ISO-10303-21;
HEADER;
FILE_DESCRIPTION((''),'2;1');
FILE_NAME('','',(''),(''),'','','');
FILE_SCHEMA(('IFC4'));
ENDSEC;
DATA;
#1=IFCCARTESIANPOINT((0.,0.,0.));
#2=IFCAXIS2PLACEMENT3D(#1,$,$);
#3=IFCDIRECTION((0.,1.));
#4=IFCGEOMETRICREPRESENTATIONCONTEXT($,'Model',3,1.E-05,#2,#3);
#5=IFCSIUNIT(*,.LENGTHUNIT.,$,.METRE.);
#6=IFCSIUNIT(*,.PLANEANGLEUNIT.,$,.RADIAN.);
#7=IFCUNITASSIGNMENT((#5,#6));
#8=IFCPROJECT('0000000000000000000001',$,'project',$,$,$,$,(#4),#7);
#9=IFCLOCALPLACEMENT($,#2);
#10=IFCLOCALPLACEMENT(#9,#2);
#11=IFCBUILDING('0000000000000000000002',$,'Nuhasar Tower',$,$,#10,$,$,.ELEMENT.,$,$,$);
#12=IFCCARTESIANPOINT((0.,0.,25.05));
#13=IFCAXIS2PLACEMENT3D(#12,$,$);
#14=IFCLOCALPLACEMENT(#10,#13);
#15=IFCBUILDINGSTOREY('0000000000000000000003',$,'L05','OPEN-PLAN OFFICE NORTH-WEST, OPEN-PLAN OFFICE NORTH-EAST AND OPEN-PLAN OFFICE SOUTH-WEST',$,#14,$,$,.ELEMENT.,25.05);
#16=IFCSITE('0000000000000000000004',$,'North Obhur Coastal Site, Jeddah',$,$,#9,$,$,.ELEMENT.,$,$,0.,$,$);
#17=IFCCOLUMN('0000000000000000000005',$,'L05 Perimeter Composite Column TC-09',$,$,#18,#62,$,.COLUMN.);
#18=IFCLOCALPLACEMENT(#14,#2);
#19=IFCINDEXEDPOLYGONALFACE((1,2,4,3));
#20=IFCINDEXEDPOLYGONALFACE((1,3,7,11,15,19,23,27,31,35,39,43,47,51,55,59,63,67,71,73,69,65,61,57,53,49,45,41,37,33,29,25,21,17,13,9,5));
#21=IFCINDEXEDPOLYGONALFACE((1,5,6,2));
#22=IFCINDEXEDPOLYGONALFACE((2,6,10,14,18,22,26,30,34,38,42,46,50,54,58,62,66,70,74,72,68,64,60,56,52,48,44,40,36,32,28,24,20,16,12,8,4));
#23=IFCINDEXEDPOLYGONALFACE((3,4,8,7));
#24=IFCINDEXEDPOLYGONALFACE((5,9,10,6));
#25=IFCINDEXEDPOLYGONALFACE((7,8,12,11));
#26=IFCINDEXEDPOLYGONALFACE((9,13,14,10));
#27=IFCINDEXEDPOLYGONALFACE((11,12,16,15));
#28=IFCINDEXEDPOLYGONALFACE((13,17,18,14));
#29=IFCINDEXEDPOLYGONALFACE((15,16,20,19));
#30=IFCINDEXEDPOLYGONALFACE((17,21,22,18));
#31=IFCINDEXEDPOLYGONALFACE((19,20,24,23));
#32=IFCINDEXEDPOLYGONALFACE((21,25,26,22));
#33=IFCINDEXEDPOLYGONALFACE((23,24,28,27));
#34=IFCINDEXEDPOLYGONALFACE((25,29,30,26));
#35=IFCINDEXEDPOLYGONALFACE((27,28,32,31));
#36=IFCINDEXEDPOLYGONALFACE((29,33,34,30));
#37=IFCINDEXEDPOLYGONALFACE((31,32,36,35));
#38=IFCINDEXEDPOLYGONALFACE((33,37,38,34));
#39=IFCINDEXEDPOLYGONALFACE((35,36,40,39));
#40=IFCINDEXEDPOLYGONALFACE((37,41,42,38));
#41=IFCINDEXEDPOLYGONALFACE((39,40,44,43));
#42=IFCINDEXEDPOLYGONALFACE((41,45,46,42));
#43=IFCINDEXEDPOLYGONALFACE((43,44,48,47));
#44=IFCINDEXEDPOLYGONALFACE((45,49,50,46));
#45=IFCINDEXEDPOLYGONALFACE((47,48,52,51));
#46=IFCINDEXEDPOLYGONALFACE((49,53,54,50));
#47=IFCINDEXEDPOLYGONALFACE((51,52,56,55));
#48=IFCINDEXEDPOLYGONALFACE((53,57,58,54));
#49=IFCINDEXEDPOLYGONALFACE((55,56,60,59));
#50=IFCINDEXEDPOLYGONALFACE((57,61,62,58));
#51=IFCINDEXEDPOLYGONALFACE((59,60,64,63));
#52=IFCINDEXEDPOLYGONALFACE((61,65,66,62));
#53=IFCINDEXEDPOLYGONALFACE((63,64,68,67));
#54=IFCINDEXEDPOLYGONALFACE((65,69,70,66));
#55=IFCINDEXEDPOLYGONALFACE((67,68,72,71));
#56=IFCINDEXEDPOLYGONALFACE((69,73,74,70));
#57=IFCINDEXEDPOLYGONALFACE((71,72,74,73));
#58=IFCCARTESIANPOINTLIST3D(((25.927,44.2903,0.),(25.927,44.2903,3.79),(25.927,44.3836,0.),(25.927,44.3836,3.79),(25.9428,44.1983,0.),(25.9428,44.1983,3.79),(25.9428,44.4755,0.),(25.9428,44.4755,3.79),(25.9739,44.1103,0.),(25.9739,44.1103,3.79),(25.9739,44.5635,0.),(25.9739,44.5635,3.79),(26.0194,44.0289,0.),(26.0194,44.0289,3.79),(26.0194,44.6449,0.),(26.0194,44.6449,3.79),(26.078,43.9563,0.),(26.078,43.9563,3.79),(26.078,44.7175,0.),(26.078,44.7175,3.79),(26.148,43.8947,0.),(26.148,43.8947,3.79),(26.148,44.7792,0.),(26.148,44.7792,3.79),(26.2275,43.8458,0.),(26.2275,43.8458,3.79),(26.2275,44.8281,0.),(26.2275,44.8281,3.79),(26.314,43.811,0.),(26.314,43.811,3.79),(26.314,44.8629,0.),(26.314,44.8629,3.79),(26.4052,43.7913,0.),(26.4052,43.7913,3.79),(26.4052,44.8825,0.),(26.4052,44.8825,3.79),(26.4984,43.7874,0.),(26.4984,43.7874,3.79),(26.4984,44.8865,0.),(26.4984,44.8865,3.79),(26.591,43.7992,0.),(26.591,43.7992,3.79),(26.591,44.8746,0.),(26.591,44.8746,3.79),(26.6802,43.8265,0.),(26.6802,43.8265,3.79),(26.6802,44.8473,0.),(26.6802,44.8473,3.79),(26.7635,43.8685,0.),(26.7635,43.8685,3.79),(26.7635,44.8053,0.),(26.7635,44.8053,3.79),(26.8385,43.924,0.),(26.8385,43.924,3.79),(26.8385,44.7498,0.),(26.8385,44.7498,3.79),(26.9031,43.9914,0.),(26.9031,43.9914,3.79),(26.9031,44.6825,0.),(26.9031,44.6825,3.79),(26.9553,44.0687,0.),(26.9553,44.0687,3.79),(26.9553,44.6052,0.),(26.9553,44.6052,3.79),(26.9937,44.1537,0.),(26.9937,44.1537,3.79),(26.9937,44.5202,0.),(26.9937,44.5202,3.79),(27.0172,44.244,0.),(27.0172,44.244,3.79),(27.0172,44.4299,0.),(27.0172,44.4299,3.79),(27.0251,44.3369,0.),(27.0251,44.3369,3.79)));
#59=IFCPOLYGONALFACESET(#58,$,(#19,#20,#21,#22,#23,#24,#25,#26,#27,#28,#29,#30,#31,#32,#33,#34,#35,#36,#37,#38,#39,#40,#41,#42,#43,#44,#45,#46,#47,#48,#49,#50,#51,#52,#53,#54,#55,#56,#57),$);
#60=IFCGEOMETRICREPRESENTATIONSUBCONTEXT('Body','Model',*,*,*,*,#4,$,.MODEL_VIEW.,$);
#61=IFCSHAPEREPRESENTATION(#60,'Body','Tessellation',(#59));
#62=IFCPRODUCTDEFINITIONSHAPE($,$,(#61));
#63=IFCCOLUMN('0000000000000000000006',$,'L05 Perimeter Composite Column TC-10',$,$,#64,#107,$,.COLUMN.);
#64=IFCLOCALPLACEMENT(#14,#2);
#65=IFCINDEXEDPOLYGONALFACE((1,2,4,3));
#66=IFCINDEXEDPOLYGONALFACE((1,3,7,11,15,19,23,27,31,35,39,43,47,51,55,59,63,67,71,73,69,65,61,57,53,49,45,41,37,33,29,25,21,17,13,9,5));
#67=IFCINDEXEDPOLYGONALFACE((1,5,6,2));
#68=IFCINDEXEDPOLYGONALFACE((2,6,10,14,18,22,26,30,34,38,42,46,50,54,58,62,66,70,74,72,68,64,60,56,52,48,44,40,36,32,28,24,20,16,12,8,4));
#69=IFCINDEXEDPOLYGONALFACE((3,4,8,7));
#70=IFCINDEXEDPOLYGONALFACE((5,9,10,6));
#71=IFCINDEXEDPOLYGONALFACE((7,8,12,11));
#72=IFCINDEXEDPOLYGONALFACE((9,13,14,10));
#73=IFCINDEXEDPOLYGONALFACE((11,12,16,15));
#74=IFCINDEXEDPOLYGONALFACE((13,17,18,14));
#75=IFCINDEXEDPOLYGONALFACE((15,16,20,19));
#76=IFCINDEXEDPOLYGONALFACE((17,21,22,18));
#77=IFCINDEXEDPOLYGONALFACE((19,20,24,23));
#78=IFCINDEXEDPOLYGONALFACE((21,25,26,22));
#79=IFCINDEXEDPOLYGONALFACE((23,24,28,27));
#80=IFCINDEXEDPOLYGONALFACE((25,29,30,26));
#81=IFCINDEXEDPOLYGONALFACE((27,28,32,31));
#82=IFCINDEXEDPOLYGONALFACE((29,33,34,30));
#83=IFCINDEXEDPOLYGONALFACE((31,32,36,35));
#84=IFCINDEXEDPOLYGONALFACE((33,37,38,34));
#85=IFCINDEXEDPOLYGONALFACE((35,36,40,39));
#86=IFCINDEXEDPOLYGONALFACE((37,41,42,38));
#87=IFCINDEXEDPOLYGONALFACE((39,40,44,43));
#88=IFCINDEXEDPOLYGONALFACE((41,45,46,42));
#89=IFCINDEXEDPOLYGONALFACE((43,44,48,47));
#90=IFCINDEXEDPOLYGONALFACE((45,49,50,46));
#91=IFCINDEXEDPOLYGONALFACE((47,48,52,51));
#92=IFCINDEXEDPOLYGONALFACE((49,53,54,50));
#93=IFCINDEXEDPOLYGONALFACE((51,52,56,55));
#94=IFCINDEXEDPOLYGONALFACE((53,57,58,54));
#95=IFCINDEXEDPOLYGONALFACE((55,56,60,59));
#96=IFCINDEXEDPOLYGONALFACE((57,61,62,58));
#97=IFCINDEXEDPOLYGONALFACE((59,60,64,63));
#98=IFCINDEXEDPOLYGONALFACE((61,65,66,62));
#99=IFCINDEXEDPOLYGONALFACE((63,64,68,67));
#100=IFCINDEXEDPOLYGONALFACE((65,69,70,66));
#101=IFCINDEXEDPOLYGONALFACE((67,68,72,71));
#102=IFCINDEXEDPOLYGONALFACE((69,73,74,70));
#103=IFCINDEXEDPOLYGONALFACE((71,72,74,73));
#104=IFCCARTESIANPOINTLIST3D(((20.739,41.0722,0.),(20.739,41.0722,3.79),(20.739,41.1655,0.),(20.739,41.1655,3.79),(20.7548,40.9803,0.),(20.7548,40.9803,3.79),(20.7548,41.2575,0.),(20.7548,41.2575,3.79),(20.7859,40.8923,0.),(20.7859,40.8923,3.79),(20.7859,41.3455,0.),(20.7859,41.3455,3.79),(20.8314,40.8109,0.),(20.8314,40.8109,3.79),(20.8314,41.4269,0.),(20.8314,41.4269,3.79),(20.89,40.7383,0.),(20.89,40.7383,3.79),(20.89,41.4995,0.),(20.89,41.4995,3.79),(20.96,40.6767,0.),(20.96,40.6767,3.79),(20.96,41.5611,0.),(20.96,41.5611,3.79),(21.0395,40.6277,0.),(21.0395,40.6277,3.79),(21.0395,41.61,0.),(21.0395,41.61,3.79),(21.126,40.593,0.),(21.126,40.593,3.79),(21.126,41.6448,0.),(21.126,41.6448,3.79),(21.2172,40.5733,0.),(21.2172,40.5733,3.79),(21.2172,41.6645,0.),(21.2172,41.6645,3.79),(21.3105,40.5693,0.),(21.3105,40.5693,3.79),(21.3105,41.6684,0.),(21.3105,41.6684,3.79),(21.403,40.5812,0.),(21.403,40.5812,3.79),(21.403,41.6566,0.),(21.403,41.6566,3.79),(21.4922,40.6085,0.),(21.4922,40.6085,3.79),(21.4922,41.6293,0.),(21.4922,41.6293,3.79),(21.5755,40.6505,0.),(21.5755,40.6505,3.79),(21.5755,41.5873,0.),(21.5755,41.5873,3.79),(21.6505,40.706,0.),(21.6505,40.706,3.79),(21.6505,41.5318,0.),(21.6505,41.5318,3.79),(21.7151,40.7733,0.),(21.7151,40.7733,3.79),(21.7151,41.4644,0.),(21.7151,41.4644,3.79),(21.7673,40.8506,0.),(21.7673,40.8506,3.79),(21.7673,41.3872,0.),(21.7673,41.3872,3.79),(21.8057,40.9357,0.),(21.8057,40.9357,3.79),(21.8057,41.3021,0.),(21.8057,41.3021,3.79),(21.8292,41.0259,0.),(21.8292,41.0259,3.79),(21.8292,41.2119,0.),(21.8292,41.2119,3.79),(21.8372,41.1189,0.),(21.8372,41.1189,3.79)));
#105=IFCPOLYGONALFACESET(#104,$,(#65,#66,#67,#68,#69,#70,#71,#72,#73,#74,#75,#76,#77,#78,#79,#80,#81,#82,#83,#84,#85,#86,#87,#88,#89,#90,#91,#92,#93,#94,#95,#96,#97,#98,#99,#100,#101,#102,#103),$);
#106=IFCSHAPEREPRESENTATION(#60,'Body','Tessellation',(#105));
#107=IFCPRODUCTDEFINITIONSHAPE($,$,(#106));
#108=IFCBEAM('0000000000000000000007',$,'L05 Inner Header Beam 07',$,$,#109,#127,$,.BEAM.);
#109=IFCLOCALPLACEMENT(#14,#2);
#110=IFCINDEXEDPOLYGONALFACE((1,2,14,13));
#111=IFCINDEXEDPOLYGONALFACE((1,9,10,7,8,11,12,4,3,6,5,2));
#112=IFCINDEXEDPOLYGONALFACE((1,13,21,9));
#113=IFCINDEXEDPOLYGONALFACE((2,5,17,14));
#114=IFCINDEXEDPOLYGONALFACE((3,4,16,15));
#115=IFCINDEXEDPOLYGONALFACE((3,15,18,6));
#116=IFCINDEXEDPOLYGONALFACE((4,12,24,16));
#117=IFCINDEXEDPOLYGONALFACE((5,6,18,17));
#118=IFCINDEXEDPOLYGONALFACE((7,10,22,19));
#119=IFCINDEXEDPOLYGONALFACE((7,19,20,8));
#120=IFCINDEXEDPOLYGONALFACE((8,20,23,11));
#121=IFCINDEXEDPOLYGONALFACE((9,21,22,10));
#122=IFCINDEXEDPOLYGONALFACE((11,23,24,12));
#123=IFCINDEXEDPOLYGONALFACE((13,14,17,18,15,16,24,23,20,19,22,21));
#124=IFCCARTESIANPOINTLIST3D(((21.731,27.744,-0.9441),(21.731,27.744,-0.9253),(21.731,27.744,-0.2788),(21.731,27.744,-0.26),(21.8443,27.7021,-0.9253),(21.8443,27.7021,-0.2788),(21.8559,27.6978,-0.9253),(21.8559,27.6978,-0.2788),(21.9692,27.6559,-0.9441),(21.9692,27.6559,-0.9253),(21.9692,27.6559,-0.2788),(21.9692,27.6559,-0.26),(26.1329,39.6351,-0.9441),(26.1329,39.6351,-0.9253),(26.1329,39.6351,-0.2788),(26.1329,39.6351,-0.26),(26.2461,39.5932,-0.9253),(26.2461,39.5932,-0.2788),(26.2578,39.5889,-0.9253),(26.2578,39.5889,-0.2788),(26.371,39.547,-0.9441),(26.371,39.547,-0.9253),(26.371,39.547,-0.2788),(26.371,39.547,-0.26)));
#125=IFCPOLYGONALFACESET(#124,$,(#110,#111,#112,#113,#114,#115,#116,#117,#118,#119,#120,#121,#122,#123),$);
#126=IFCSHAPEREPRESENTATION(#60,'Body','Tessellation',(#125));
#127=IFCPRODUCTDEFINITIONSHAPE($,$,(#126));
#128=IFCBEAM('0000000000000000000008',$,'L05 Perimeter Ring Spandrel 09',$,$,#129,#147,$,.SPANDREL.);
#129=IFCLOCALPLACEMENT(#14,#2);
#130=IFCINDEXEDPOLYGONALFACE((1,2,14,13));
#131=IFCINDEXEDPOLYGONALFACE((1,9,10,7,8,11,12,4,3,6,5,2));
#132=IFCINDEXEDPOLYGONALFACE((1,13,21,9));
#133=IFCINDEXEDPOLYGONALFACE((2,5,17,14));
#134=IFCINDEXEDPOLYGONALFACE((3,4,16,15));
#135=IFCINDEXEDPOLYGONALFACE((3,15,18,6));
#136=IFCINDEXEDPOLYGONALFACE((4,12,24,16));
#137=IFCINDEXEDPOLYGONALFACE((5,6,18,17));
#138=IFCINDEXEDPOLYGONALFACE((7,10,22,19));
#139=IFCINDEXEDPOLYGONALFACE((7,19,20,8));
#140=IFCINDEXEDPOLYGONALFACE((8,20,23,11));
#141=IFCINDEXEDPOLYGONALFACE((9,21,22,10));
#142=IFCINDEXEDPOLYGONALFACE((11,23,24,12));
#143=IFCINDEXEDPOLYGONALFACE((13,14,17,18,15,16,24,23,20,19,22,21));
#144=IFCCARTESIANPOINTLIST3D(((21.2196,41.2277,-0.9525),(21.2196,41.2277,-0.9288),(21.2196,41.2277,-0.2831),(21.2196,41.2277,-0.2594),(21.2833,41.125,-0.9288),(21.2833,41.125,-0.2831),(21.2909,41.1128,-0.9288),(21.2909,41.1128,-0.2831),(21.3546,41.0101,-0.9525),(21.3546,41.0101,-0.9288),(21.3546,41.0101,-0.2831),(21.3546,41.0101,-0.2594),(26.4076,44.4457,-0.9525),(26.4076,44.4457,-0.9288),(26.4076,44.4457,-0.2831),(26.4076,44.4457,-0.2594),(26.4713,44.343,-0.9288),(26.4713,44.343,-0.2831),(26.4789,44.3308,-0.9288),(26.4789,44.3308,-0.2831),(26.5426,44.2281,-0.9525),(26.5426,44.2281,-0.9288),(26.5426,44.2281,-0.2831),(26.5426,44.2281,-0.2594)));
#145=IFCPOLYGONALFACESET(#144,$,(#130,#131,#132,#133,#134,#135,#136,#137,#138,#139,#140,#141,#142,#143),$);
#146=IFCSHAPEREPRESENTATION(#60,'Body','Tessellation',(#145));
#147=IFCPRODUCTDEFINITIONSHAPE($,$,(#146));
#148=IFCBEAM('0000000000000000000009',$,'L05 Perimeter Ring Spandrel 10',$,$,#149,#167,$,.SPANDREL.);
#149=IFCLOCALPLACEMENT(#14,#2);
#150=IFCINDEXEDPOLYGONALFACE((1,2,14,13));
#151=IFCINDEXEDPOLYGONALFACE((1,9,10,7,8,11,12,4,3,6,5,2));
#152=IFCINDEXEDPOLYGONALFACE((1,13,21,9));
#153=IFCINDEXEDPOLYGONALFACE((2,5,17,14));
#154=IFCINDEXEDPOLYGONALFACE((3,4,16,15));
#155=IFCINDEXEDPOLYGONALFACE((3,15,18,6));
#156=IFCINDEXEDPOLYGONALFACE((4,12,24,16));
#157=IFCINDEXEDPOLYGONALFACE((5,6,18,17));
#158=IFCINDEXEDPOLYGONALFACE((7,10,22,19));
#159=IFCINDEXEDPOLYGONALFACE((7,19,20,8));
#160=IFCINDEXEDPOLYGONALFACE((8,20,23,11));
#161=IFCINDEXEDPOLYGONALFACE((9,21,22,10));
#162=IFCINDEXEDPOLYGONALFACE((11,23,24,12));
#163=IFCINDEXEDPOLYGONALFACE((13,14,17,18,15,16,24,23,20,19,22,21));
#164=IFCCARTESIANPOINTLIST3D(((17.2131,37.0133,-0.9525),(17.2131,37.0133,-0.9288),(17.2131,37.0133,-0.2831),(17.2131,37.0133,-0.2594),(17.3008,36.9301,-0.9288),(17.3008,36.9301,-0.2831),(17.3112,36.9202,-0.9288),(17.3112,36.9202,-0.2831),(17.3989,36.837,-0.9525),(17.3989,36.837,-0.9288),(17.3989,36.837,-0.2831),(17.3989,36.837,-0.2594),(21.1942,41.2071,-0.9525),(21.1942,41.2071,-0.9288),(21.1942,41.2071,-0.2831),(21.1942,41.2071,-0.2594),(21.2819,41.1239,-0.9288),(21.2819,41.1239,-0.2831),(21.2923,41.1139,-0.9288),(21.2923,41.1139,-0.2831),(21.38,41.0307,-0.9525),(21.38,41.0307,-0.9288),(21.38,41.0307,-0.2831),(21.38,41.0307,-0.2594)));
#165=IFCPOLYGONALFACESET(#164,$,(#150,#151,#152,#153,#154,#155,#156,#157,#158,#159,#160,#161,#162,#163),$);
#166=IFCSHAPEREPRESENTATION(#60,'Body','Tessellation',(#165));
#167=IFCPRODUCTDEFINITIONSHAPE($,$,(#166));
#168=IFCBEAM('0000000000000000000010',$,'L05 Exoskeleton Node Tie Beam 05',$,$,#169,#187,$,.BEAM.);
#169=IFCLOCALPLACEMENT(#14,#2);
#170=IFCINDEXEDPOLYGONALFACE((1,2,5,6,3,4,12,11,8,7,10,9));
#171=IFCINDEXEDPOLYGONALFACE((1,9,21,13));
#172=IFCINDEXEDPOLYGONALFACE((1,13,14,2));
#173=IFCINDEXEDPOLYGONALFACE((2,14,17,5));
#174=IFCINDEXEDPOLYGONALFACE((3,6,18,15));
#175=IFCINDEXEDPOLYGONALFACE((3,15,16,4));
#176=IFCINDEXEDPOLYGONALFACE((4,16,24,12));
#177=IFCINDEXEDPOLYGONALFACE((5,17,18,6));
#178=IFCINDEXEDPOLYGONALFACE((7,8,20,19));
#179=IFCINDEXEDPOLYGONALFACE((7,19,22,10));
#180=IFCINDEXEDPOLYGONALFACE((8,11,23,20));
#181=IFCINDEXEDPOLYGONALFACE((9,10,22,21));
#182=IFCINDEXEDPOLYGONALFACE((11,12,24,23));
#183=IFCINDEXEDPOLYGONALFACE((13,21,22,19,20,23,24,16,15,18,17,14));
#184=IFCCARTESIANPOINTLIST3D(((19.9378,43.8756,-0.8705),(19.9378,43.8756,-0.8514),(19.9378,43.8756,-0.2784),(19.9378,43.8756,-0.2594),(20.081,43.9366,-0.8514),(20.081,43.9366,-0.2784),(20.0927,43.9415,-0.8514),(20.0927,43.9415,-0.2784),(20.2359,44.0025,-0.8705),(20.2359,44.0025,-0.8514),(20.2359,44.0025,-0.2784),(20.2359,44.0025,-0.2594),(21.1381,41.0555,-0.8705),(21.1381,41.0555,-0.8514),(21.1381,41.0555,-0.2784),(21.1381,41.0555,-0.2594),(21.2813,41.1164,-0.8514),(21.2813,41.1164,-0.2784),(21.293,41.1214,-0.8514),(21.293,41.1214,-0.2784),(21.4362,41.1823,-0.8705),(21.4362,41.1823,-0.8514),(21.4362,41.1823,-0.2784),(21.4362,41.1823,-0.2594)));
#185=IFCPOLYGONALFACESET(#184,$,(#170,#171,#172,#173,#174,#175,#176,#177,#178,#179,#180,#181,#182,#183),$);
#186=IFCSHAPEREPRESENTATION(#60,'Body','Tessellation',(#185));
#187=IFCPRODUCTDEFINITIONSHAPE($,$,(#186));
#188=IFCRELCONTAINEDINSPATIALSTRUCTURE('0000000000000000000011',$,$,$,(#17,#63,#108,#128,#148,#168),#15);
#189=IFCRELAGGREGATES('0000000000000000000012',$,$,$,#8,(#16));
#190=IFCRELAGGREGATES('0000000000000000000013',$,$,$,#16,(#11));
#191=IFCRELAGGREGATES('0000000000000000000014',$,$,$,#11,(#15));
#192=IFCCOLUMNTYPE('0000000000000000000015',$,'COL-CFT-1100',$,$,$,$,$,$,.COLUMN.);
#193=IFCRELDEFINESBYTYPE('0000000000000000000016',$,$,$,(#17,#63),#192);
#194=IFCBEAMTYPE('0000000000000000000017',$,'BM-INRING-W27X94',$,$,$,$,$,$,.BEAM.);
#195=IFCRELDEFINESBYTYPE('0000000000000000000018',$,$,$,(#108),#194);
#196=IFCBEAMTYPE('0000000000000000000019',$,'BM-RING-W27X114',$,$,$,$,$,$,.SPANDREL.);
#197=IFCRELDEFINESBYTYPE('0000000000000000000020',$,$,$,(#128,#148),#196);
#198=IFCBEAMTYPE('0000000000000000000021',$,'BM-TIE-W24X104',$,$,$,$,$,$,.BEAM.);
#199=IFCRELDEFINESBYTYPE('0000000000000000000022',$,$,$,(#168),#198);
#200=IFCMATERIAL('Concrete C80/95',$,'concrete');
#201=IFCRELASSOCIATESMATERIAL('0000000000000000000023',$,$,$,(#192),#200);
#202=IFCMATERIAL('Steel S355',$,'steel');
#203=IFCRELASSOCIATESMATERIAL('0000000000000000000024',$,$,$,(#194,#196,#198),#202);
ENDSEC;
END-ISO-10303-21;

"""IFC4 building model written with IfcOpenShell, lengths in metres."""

from ifc_helpers import new_model, si_unit, direction, frame, origin, origin_2d, place, context, subcontext, project, spatial, circle, i_section, extrude, material, material_profile, profile_set, type_object, element, save


model = new_model("IFC4")

# Units and contexts
model_context = context("Model", 3, precision=1e-05, world=origin(), true_north=direction((0.0, 1.0)))
body_context = subcontext(model_context, "Body", "Model", "MODEL_VIEW")
ifc_project = project(units=[si_unit("LENGTHUNIT", "METRE"), si_unit("PLANEANGLEUNIT", "RADIAN")], contexts=[model_context])

# Site, building, storey
site_placement = place(None, origin())
site = spatial("IfcSite", under=ifc_project, at=site_placement, Name="North Obhur Coastal Site, Jeddah", CompositionType="ELEMENT", RefElevation=0.0)
building_placement = place(site_placement, origin())
building = spatial("IfcBuilding", under=site, at=building_placement, Name="Nuhasar Tower", CompositionType="ELEMENT")
storey_placement = place(building_placement, frame((0.0, 0.0, 25.05)))
storey = spatial("IfcBuildingStorey", under=building, at=storey_placement, Name="L05", Description="OPEN-PLAN OFFICE NORTH-WEST, OPEN-PLAN OFFICE NORTH-EAST AND OPEN-PLAN OFFICE SOUTH-WEST", CompositionType="ELEMENT", Elevation=25.05)

# Columns
ifc_material_1 = material(Name="Concrete C80/95", Category="concrete")
ifc_material_profile_1 = material_profile(ifc_material_1, circle(Radius=0.55, at=origin_2d()), Name="CFT1100")
ifc_profile_set_1 = profile_set([ifc_material_profile_1], Name="Concrete C80/95")
column_type = type_object("IfcColumnType", Name="COL-CFT-1100", PredefinedType="COLUMN", material=ifc_profile_set_1)
for number, where, z_axis, x_axis, name in (
    (1, (26.4751, 44.3369, 0.0), (0.0, 0.0, 1.0), (1.0, 0.0, 0.0), "L05 Perimeter Composite Column TC-09"),
    (2, (21.2871, 41.1189, 0.0), (0.0, 0.0, 1.0), (1.0, 0.0, 0.0), "L05 Perimeter Composite Column TC-10"),
):
    element("IfcColumn", number, at=place(storey_placement, frame(where, z_axis=z_axis, x_axis=x_axis)), inside=storey, type_object=column_type, Name=name, PredefinedType="COLUMN", context=body_context, shape_type="SweptSolid", body=[
        extrude(circle(Radius=0.55, at=origin_2d()), origin(), (0.0, 0.0, 1.0), 3.79),
    ])

# Beams
ifc_material_2 = material(Name="Steel S355", Category="steel")
ifc_material_profile_2 = material_profile(ifc_material_2, i_section(OverallWidth=0.2539, OverallDepth=0.6841, WebThickness=0.0125, FlangeThickness=0.0188, at=origin_2d()), Name="W27X94")
ifc_profile_set_2 = profile_set([ifc_material_profile_2], Name="Steel S355")
beam_type_1 = type_object("IfcBeamType", Name="BM-INRING-W27X94", PredefinedType="BEAM", material=ifc_profile_set_2)
beam_1_placement = place(storey_placement, frame((26.252, 39.5911, -0.6021), z_axis=(-0.347158, -0.937807, 0.0), x_axis=(0.937807, -0.347158, 0.0)))
element("IfcBeam", 3, at=beam_1_placement, inside=storey, type_object=beam_type_1, Name="L05 Inner Header Beam 07", PredefinedType="BEAM", context=body_context, shape_type="SweptSolid", body=[
    extrude(i_section(OverallWidth=0.2539, OverallDepth=0.6841, WebThickness=0.0125, FlangeThickness=0.0188, at=origin_2d()), origin(), (0.0, 0.0, 1.0), 12.6797),
])
ifc_material_profile_3 = material_profile(ifc_material_2, i_section(OverallWidth=0.2561, OverallDepth=0.6931, WebThickness=0.0144, FlangeThickness=0.0237, at=origin_2d()), Name="W27X114")
ifc_profile_set_3 = profile_set([ifc_material_profile_3], Name="Steel S355")
beam_type_2 = type_object("IfcBeamType", Name="BM-RING-W27X114", PredefinedType="SPANDREL", material=ifc_profile_set_3)
beam_2_placement = place(storey_placement, frame((26.4751, 44.3369, -0.606), z_axis=(-0.849795, -0.527113, 0.0), x_axis=(0.527113, -0.849795, 0.0)))
element("IfcBeam", 4, at=beam_2_placement, inside=storey, type_object=beam_type_2, Name="L05 Perimeter Ring Spandrel 09", PredefinedType="SPANDREL", context=body_context, shape_type="SweptSolid", body=[
    extrude(i_section(OverallWidth=0.2561, OverallDepth=0.6931, WebThickness=0.0144, FlangeThickness=0.0237, at=origin_2d()), origin(), (0.0, 0.0, 1.0), 6.105),
])
beam_3_placement = place(storey_placement, frame((21.2871, 41.1189, -0.606), z_axis=(-0.688481, -0.725254, 0.0), x_axis=(0.725254, -0.688481, 0.0)))
element("IfcBeam", 5, at=beam_3_placement, inside=storey, type_object=beam_type_2, Name="L05 Perimeter Ring Spandrel 10", PredefinedType="SPANDREL", context=body_context, shape_type="SweptSolid", body=[
    extrude(i_section(OverallWidth=0.2561, OverallDepth=0.6931, WebThickness=0.0144, FlangeThickness=0.0237, at=origin_2d()), origin(), (0.0, 0.0, 1.0), 5.7825),
])
ifc_material_profile_4 = material_profile(ifc_material_2, i_section(OverallWidth=0.324, OverallDepth=0.6111, WebThickness=0.0127, FlangeThickness=0.019, at=origin_2d()), Name="W24X104")
ifc_profile_set_4 = profile_set([ifc_material_profile_4], Name="Steel S355")
beam_type_3 = type_object("IfcBeamType", Name="BM-TIE-W24X104", PredefinedType="BEAM", material=ifc_profile_set_4)
beam_4_placement = place(storey_placement, frame((21.2871, 41.1189, -0.5649), z_axis=(-0.391601, 0.920135, 0.0), x_axis=(-0.920135, -0.391601, 0.0)))
element("IfcBeam", 6, at=beam_4_placement, inside=storey, type_object=beam_type_3, Name="L05 Exoskeleton Node Tie Beam 05", PredefinedType="BEAM", context=body_context, shape_type="SweptSolid", body=[
    extrude(i_section(OverallWidth=0.324, OverallDepth=0.6111, WebThickness=0.0127, FlangeThickness=0.019, at=origin_2d()), origin(), (0.0, 0.0, 1.0), 3.0649),
])

save(model, "model.ifc")
